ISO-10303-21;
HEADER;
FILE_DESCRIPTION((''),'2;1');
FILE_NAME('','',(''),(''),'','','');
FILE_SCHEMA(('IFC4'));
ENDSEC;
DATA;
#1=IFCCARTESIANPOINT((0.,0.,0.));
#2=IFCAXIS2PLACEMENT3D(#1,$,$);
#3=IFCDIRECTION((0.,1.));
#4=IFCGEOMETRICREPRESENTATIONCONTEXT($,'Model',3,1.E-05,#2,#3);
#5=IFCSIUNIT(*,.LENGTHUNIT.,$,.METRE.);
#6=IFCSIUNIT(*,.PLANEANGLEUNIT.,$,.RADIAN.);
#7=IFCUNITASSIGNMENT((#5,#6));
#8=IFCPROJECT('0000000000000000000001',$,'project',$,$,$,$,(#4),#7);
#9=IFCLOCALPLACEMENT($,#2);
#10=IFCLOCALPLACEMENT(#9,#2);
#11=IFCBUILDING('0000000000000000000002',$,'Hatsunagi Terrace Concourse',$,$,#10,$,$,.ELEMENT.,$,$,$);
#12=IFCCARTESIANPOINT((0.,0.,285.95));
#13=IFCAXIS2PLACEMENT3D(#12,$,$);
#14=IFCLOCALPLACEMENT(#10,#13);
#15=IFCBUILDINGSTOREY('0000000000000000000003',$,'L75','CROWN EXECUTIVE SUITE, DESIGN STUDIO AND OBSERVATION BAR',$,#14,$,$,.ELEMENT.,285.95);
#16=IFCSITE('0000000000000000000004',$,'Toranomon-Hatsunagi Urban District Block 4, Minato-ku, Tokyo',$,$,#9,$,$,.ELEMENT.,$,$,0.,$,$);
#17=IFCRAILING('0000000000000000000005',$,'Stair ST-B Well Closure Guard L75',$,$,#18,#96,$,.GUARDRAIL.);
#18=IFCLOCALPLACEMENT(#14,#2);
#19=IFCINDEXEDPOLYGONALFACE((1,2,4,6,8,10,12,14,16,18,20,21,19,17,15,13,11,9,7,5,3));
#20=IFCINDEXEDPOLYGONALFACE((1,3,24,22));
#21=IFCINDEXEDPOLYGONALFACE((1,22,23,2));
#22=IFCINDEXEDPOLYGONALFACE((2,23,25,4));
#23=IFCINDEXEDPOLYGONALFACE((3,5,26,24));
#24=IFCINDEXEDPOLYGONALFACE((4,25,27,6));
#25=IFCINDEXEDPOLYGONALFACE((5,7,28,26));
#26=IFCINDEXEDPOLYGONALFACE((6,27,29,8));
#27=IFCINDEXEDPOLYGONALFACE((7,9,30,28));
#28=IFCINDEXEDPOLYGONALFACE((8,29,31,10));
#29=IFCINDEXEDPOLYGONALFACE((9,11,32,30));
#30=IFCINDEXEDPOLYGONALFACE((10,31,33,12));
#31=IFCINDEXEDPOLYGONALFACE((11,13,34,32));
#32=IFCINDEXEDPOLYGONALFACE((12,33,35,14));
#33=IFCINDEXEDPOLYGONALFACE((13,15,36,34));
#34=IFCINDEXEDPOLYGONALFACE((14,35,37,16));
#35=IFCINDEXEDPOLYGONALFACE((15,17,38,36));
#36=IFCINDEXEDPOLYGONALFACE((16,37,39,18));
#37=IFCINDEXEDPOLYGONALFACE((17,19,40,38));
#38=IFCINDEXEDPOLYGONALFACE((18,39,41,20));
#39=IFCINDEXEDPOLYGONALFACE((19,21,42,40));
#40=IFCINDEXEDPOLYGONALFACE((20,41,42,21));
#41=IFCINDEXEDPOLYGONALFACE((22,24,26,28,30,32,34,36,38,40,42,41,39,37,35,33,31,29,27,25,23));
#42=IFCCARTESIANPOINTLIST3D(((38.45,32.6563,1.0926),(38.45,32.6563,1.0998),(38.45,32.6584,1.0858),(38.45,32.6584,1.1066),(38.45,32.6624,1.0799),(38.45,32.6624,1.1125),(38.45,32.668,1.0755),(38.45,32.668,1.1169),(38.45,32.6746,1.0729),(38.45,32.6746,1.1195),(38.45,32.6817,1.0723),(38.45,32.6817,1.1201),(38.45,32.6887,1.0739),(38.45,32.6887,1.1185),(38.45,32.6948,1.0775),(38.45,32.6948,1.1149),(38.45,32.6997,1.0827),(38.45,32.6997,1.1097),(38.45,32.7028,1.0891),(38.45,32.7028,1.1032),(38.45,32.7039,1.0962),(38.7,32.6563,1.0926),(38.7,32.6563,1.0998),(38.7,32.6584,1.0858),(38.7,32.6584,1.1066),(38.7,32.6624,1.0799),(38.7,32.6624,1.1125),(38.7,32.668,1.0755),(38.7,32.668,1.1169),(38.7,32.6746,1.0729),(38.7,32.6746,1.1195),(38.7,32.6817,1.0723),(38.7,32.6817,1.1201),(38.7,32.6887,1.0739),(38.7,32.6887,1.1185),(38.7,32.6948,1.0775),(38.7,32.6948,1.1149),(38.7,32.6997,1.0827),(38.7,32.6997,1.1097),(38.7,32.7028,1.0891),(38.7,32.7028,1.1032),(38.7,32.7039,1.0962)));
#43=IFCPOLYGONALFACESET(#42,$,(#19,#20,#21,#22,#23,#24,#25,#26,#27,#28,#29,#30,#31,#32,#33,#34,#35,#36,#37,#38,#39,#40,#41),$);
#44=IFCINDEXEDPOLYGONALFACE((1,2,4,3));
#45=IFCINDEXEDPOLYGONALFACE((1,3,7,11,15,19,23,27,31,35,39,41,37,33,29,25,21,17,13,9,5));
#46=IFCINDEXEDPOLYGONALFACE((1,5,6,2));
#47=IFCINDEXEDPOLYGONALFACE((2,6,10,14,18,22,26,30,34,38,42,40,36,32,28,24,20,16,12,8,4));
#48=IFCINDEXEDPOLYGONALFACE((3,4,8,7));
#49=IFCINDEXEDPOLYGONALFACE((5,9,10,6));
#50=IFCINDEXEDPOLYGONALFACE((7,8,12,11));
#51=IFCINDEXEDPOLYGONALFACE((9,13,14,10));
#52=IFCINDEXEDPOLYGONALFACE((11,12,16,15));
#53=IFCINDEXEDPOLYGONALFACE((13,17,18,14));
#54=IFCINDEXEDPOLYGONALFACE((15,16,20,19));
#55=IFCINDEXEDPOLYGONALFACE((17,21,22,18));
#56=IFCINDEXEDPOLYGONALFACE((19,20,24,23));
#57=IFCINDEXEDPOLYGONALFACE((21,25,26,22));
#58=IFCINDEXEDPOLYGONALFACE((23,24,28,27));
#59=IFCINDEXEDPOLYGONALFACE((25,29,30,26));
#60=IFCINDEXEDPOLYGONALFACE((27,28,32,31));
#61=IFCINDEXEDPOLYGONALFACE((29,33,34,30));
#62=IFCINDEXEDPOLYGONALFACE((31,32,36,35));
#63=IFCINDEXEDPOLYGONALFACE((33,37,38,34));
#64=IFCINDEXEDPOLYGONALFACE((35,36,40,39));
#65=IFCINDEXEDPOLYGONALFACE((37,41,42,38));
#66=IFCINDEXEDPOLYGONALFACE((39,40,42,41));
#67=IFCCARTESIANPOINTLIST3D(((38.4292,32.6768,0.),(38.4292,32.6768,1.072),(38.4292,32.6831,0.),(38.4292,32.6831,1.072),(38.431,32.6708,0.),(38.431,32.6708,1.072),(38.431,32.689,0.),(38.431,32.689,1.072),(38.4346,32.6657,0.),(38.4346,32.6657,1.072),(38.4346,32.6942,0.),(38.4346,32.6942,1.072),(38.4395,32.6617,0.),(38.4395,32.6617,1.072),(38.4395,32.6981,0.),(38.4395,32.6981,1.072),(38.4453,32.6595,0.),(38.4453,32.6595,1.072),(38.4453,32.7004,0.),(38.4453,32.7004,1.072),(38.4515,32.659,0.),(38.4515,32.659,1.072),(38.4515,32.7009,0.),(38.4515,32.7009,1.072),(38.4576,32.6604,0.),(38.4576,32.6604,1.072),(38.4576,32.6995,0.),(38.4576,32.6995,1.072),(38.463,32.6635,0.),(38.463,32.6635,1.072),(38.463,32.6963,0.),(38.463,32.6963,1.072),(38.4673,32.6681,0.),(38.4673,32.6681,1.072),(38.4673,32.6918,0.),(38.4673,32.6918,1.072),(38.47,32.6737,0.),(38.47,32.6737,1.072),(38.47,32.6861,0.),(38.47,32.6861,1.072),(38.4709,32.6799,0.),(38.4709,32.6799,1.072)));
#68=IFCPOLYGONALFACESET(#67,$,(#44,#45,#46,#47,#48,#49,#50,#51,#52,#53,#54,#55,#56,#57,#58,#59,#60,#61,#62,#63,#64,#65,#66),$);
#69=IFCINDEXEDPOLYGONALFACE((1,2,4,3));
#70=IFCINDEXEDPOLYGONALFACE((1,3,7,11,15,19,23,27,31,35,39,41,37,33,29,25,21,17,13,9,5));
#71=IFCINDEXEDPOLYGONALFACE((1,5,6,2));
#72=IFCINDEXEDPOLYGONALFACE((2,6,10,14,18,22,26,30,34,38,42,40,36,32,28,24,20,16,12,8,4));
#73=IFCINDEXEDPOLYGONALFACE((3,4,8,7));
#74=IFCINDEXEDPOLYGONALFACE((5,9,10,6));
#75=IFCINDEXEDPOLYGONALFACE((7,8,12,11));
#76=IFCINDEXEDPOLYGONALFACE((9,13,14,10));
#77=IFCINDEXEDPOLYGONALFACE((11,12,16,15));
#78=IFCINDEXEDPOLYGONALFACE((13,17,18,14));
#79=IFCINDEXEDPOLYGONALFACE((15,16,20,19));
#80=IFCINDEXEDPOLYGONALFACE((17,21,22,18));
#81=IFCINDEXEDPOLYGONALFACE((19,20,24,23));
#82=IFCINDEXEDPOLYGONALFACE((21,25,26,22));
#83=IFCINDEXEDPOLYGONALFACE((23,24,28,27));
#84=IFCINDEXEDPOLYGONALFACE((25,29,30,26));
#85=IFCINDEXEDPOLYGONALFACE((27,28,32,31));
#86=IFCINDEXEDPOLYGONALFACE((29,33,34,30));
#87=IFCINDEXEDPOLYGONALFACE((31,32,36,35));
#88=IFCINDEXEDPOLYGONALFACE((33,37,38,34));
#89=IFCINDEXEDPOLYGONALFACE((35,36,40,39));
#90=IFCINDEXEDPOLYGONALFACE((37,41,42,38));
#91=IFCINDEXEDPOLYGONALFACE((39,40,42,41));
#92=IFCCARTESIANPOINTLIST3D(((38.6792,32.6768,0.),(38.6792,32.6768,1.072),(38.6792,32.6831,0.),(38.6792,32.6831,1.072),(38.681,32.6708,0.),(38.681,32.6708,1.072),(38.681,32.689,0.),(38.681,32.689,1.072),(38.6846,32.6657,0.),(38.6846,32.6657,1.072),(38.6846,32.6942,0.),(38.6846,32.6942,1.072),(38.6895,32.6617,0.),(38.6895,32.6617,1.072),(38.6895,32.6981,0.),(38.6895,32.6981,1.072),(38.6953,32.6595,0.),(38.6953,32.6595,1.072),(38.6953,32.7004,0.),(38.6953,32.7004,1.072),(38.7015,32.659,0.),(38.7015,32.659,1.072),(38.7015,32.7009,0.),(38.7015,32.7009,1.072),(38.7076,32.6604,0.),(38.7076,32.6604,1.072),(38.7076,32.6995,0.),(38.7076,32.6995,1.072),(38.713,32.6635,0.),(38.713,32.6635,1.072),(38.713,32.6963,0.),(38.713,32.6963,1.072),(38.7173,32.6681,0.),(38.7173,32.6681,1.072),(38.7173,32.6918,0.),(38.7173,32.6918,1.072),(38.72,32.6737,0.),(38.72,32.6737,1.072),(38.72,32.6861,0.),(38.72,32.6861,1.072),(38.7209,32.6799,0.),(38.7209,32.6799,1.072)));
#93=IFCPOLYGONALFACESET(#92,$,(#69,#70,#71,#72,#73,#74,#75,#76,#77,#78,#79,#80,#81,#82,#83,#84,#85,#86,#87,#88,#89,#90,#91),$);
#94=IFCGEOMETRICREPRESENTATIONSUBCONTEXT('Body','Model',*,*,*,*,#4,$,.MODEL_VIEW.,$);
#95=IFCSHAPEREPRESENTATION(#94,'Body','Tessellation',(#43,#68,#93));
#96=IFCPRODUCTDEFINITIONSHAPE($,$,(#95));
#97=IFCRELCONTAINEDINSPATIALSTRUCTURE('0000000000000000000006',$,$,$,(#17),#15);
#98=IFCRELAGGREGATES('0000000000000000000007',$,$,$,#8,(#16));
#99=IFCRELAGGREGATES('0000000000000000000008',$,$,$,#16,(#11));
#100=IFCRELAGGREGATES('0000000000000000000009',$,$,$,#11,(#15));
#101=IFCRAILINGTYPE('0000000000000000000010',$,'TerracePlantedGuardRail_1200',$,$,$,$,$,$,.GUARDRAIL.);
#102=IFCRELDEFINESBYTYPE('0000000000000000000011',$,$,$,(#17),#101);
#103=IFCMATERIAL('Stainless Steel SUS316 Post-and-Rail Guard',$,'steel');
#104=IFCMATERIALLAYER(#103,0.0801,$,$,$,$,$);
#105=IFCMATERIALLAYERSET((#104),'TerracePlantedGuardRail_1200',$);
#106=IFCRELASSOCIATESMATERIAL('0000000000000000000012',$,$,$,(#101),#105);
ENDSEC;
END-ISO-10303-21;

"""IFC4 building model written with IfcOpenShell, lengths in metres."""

from ifc_helpers import new_model, si_unit, direction, frame, origin, origin_2d, place, context, subcontext, project, spatial, circle, extrude, material, layer, layer_set, type_object, element, save


model = new_model("IFC4")

# Units and contexts
model_context = context("Model", 3, precision=1e-05, world=origin(), true_north=direction((0.0, 1.0)))
body_context = subcontext(model_context, "Body", "Model", "MODEL_VIEW")
ifc_project = project(units=[si_unit("LENGTHUNIT", "METRE"), si_unit("PLANEANGLEUNIT", "RADIAN")], contexts=[model_context])

# Site, building, storey
site_placement = place(None, origin())
site = spatial("IfcSite", under=ifc_project, at=site_placement, Name="Toranomon-Hatsunagi Urban District Block 4, Minato-ku, Tokyo", CompositionType="ELEMENT", RefElevation=0.0)
building_placement = place(site_placement, origin())
building = spatial("IfcBuilding", under=site, at=building_placement, Name="Hatsunagi Terrace Concourse", CompositionType="ELEMENT")
storey_placement = place(building_placement, frame((0.0, 0.0, 285.95)))
storey = spatial("IfcBuildingStorey", under=building, at=storey_placement, Name="L75", Description="CROWN EXECUTIVE SUITE, DESIGN STUDIO AND OBSERVATION BAR", CompositionType="ELEMENT", Elevation=285.95)

# Railing
ifc_material_1 = material(Name="Stainless Steel SUS316 Post-and-Rail Guard", Category="steel")
ifc_layer_1 = layer(ifc_material_1, 0.0801)
ifc_layer_set_1 = layer_set([ifc_layer_1], Name="TerracePlantedGuardRail_1200")
railing_type_1 = type_object("IfcRailingType", Name="TerracePlantedGuardRail_1200", PredefinedType="GUARDRAIL", material=ifc_layer_set_1)
railing_1_placement = place(storey_placement, frame((38.45, 32.6799, 0.0)))
element("IfcRailing", 1, at=railing_1_placement, inside=storey, type_object=railing_type_1, Name="Stair ST-B Well Closure Guard L75", PredefinedType="GUARDRAIL", context=body_context, shape_type="SweptSolid", body=[
    extrude(circle(Radius=0.0239, at=origin_2d()), frame((0.0, 0.0, 1.0962), z_axis=(1.0, 0.0, 0.0), x_axis=(0.0, 1.0, 0.0)), (0.0, 0.0, 1.0), 0.25),
    extrude(circle(Radius=0.021, at=origin_2d()), origin(), (0.0, 0.0, 1.0), 1.072),
    extrude(circle(Radius=0.021, at=origin_2d()), frame((0.25, 0.0, 0.0)), (0.0, 0.0, 1.0), 1.072),
])

save(model, "model.ifc")
